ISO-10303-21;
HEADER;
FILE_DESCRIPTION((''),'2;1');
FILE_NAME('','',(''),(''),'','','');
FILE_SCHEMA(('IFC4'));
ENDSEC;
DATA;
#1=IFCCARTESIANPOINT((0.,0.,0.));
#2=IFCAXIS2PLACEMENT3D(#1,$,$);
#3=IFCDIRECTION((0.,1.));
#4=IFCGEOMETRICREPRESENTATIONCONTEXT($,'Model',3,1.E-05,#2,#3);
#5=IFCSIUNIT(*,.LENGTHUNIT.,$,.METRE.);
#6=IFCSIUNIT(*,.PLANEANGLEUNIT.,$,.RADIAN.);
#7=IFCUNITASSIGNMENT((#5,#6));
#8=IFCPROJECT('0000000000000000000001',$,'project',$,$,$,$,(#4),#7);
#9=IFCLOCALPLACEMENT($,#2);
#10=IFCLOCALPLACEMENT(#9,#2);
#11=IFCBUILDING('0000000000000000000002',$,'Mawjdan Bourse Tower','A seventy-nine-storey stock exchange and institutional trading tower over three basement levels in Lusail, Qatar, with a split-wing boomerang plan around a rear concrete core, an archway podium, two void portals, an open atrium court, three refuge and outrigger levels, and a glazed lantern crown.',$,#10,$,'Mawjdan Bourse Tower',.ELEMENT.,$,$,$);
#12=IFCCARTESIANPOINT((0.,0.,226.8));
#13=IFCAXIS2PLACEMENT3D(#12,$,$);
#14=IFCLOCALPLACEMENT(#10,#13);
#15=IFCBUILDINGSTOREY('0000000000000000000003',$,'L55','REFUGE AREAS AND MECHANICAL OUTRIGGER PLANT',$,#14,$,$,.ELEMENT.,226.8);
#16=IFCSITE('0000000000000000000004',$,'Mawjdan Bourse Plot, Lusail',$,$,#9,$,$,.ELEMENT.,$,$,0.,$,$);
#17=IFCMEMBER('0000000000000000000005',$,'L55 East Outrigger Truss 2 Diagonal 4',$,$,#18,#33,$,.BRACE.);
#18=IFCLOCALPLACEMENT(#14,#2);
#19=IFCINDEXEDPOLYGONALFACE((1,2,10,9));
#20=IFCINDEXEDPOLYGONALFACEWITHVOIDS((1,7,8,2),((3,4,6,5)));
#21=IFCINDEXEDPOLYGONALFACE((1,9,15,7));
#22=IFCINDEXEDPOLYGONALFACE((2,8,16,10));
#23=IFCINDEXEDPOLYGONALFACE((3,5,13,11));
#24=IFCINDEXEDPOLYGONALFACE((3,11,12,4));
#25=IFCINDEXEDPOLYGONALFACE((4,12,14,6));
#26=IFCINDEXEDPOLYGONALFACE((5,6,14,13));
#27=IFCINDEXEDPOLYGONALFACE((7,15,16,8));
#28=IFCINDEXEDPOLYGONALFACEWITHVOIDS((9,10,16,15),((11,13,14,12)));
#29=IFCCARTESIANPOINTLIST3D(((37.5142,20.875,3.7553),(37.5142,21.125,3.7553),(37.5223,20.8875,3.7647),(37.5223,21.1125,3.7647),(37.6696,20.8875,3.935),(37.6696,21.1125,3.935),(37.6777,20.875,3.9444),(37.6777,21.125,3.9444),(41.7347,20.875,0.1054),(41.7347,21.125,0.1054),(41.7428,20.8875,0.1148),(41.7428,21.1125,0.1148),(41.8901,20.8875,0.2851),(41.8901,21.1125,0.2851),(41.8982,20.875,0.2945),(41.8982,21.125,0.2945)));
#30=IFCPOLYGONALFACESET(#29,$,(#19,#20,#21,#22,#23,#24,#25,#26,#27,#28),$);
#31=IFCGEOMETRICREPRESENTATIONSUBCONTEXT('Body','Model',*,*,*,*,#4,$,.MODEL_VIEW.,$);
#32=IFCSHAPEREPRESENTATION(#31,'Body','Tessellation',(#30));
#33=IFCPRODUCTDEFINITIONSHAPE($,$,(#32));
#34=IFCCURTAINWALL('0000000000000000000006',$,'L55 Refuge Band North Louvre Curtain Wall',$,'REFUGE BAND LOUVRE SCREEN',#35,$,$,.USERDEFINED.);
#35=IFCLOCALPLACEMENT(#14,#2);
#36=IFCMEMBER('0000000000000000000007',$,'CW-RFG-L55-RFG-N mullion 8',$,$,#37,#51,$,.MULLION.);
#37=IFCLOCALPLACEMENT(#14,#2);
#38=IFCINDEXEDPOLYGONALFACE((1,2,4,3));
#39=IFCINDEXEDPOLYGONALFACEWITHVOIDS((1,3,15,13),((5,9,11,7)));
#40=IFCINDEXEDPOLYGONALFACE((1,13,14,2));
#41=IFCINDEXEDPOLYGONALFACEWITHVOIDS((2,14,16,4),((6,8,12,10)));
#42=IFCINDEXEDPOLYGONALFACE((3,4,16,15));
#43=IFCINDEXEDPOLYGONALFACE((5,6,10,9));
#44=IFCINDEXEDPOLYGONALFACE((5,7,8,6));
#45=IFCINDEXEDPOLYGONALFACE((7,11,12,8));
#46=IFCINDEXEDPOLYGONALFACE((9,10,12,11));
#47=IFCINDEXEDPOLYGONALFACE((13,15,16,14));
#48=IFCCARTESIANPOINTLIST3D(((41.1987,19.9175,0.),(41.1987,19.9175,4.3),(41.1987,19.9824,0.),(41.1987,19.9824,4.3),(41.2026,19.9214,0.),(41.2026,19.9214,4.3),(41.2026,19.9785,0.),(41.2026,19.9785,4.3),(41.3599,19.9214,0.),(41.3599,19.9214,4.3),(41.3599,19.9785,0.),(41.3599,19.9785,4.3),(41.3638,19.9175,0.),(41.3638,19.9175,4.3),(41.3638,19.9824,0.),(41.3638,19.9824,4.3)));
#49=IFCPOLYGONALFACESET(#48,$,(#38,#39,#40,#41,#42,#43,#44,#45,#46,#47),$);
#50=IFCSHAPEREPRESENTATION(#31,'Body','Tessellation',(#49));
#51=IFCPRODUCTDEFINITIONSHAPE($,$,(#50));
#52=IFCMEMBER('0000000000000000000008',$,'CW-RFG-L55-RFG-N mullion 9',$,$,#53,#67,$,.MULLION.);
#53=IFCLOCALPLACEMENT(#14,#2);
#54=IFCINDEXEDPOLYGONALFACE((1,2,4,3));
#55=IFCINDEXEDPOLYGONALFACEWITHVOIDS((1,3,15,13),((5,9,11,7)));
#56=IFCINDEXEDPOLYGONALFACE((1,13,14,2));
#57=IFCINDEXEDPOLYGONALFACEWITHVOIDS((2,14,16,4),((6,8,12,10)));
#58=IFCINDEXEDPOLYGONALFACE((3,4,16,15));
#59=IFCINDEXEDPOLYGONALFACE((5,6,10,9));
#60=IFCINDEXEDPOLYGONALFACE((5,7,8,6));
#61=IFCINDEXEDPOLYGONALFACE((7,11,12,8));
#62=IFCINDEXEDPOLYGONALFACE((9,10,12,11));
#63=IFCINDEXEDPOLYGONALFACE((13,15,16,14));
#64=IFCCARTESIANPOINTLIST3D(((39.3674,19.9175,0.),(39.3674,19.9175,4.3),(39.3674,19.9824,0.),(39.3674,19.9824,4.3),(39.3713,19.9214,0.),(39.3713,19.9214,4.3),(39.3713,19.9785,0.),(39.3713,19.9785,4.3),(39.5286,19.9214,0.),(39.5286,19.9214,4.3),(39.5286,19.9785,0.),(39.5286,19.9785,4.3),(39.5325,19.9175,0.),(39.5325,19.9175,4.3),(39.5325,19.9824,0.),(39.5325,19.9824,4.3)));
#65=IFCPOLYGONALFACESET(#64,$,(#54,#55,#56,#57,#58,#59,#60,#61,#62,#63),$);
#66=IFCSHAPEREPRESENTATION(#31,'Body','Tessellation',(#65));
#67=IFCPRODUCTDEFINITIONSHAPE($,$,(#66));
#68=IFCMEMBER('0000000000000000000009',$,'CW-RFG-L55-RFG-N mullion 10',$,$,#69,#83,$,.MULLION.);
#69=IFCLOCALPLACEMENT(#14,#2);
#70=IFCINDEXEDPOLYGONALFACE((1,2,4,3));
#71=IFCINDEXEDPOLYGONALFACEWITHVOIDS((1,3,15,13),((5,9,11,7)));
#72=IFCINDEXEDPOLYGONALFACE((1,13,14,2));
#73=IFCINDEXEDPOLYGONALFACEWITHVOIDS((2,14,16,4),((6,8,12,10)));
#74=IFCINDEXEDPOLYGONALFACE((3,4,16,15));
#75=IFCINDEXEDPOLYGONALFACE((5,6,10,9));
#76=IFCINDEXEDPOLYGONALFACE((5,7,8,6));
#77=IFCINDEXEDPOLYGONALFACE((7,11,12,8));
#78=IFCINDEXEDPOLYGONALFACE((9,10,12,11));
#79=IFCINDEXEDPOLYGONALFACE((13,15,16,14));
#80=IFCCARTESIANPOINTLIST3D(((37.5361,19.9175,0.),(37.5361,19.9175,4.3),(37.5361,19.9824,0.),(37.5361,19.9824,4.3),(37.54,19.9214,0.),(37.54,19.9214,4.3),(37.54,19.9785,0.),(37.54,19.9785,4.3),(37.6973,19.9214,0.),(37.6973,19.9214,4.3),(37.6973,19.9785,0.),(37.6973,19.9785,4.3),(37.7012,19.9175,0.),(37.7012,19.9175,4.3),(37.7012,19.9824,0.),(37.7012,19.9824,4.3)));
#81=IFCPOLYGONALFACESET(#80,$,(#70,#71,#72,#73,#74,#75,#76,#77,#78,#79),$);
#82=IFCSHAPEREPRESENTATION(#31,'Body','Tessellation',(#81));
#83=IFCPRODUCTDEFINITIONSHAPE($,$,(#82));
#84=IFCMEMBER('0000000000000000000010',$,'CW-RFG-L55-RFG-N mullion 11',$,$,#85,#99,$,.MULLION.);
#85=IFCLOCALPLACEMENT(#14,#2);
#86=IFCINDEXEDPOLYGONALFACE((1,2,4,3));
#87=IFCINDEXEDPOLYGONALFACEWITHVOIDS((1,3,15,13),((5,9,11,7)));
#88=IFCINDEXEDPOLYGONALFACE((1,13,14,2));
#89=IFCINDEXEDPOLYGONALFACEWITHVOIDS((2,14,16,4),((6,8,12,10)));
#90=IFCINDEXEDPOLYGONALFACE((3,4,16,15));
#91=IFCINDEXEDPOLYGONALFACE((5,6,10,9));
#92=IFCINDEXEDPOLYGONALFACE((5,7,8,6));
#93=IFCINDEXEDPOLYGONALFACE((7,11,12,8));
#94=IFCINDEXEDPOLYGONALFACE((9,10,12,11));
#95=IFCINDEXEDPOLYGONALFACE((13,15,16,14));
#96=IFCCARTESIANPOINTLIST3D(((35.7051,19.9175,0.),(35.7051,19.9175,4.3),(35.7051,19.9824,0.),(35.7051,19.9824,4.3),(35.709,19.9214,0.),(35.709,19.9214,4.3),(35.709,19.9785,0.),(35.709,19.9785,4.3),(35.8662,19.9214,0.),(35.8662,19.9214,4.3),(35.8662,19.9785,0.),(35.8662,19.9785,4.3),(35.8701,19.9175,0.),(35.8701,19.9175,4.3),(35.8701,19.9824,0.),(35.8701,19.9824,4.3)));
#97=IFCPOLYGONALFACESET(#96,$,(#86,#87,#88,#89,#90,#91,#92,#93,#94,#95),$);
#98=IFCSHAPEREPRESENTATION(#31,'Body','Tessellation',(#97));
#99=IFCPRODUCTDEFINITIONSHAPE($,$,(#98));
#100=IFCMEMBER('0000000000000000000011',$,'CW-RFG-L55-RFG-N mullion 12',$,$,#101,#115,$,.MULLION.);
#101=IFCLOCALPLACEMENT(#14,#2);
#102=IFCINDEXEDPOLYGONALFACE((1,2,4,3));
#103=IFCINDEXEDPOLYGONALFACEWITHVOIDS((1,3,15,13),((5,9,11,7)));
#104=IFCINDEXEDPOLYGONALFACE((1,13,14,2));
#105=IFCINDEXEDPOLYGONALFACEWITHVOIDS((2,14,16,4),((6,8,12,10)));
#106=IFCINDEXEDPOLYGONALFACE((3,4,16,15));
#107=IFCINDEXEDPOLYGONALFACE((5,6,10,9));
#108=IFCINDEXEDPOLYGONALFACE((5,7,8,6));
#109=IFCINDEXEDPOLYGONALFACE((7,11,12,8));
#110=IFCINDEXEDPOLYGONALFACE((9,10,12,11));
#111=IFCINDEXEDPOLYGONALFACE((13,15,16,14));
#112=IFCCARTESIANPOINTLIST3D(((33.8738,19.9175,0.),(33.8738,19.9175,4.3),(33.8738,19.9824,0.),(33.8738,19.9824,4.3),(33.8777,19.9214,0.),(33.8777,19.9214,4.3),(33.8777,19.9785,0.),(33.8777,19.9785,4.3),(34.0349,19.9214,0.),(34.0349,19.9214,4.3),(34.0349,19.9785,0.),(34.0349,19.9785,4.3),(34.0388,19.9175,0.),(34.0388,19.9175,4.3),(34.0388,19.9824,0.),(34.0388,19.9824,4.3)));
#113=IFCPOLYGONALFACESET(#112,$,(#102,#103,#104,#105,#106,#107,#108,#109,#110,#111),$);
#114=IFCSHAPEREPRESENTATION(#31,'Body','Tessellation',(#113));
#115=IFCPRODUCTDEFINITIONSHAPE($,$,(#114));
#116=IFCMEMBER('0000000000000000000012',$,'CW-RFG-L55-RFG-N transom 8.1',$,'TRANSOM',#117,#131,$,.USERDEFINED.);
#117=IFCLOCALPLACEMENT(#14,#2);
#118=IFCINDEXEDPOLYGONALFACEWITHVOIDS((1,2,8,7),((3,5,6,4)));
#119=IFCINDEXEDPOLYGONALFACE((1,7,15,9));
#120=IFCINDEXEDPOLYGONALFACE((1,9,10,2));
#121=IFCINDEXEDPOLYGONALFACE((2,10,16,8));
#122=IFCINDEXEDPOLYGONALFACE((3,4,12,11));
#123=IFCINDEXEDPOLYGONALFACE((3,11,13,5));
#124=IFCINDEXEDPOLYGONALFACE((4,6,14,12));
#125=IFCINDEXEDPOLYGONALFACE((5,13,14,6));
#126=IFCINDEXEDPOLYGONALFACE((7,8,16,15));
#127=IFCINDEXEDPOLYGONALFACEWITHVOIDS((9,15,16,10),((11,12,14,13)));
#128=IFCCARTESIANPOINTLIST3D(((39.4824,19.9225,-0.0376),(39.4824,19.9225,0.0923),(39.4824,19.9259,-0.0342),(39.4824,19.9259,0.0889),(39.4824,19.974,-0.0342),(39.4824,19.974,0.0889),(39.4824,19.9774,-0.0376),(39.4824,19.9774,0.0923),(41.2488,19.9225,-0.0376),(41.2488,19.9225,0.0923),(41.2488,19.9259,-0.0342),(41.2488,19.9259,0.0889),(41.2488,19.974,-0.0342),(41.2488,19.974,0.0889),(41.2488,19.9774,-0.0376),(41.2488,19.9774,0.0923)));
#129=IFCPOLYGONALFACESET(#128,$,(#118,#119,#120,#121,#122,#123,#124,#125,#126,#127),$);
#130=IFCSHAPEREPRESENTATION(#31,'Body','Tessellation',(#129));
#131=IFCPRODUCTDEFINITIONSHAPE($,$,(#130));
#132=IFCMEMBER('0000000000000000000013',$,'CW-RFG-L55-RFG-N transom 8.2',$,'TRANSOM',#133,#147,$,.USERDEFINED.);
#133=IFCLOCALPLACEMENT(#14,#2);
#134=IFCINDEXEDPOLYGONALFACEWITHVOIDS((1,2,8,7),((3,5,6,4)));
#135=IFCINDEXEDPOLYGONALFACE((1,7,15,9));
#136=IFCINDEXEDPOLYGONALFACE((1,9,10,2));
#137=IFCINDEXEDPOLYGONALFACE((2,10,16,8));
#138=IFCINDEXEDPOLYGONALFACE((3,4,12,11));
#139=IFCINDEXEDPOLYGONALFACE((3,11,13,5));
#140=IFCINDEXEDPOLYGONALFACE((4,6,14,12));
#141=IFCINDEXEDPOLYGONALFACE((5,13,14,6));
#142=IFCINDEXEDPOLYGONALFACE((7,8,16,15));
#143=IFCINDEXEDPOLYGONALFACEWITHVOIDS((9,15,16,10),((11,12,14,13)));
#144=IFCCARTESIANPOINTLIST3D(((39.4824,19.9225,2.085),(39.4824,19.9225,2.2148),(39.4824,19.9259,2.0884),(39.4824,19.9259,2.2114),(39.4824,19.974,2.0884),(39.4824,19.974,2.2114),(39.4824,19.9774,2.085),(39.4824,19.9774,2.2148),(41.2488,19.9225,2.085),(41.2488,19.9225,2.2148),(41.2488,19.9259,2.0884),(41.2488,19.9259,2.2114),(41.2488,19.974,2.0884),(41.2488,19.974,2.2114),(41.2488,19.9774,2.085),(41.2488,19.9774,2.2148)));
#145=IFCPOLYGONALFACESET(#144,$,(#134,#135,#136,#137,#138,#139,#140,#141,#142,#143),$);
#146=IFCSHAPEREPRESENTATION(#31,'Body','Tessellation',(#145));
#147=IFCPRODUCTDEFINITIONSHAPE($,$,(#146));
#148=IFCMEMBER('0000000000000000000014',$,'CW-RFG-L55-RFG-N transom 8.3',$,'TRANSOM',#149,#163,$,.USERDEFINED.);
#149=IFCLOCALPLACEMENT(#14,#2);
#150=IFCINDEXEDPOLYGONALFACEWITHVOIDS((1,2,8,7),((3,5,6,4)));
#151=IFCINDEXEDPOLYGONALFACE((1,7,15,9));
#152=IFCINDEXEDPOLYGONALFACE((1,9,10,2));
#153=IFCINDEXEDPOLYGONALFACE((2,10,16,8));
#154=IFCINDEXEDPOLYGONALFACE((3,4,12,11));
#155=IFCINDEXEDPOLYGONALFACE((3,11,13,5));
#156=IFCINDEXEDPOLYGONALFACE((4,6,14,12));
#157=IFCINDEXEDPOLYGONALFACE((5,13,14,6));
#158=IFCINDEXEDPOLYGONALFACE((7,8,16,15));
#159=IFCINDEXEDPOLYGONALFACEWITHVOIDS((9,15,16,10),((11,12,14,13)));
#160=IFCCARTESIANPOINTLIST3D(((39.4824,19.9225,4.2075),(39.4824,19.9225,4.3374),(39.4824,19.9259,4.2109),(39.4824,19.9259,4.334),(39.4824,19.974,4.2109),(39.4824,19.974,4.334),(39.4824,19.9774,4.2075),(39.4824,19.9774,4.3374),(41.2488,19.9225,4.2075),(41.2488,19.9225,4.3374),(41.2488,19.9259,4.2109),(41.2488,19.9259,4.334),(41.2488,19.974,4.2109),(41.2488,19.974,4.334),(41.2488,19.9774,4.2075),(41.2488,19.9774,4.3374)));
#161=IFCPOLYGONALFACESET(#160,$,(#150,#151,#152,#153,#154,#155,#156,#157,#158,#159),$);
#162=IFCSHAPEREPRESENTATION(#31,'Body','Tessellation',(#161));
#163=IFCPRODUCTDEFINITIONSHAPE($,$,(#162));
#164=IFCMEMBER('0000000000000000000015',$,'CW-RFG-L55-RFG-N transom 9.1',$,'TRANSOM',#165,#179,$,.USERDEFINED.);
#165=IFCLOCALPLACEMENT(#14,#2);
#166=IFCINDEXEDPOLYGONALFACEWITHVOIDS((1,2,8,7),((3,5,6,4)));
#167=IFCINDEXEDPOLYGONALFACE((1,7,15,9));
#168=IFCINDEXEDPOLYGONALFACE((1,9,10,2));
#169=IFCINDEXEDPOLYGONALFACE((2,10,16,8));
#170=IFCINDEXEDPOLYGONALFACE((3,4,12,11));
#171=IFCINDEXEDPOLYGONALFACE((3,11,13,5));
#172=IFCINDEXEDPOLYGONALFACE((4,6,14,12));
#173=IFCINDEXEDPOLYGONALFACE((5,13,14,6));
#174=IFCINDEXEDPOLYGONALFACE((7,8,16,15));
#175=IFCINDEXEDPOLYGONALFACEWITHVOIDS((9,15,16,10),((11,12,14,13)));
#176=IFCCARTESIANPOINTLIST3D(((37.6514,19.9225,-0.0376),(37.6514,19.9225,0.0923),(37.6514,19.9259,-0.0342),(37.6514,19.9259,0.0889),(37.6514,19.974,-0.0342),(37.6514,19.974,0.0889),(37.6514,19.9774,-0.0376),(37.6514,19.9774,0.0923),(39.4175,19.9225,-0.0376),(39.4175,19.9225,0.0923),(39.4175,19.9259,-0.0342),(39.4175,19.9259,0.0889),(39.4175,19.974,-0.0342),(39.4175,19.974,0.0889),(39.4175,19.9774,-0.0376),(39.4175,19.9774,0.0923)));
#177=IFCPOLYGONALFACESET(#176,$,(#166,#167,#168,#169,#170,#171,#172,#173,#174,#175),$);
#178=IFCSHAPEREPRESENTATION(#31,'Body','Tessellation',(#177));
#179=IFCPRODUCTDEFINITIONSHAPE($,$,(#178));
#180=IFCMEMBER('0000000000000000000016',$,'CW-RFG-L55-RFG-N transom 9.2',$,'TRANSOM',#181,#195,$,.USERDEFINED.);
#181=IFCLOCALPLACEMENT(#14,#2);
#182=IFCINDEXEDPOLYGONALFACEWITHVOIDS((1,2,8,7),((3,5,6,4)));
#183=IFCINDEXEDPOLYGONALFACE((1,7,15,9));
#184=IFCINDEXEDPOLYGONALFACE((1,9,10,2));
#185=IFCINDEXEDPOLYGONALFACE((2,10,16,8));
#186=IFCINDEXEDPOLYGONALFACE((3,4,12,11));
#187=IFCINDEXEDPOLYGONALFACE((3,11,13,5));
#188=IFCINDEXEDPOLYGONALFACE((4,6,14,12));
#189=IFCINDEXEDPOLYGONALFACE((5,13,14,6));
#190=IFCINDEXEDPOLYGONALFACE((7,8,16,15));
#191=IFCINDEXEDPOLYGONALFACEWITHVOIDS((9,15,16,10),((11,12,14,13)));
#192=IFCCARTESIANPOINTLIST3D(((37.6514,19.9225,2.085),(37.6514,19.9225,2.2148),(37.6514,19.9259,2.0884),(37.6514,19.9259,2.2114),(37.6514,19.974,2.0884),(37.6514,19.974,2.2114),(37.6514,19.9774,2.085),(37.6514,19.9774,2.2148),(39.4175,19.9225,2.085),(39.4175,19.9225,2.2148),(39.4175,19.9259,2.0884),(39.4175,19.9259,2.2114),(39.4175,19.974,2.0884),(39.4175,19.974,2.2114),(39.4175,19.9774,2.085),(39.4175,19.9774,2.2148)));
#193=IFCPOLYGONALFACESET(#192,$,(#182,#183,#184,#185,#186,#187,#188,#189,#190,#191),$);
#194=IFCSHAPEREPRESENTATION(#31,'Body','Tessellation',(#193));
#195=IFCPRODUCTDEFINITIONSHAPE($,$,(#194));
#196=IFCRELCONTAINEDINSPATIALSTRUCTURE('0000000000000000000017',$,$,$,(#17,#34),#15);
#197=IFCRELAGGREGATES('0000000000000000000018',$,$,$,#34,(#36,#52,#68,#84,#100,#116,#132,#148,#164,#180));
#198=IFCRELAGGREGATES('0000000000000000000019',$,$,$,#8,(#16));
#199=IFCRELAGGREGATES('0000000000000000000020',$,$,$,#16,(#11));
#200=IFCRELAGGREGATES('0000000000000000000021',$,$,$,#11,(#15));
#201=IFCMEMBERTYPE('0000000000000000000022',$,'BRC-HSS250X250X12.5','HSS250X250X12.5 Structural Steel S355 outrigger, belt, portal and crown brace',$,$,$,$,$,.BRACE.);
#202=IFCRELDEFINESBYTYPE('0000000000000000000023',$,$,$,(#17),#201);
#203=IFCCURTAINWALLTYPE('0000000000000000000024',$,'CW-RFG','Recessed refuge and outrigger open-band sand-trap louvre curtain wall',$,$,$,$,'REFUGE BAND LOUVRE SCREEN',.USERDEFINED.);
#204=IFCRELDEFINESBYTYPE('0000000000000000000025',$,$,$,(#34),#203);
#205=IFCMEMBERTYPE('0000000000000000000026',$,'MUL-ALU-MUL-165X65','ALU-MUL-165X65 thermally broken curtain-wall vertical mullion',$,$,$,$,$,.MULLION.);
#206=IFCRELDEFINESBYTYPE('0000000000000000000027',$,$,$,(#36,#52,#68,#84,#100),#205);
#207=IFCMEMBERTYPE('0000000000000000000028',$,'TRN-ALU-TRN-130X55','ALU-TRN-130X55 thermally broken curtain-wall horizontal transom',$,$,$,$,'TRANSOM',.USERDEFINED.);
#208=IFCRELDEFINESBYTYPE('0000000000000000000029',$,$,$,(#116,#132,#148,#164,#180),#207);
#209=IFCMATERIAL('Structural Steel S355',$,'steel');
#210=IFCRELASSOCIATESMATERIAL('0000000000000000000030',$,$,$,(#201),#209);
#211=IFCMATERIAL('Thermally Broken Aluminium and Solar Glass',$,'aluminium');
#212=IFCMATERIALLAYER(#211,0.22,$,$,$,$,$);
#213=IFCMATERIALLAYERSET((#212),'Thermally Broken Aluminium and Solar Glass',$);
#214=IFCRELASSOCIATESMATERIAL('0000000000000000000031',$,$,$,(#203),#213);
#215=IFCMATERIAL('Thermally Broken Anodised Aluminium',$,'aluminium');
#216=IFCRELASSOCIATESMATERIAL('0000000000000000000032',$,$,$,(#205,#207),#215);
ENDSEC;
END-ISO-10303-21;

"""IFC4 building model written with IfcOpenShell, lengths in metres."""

from ifc_helpers import new_model, si_unit, direction, frame, origin, origin_2d, place, context, subcontext, project, spatial, hollow_rectangle, extrude, material, layer, layer_set, material_profile, profile_set, type_object, element, aggregate, save


model = new_model("IFC4")

# Units and contexts
model_context = context("Model", 3, precision=1e-05, world=origin(), true_north=direction((0.0, 1.0)))
body_context = subcontext(model_context, "Body", "Model", "MODEL_VIEW")
ifc_project = project(units=[si_unit("LENGTHUNIT", "METRE"), si_unit("PLANEANGLEUNIT", "RADIAN")], contexts=[model_context])

# Site, building, storey
site_placement = place(None, origin())
site = spatial("IfcSite", under=ifc_project, at=site_placement, Name="Mawjdan Bourse Plot, Lusail", CompositionType="ELEMENT", RefElevation=0.0)
building_placement = place(site_placement, origin())
building = spatial("IfcBuilding", under=site, at=building_placement, Name="Mawjdan Bourse Tower", Description="A seventy-nine-storey stock exchange and institutional trading tower over three basement levels in Lusail, Qatar, with a split-wing boomerang plan around a rear concrete core, an archway podium, two void portals, an open atrium court, three refuge and outrigger levels, and a glazed lantern crown.", LongName="Mawjdan Bourse Tower", CompositionType="ELEMENT")
storey_placement = place(building_placement, frame((0.0, 0.0, 226.8)))
storey = spatial("IfcBuildingStorey", under=building, at=storey_placement, Name="L55", Description="REFUGE AREAS AND MECHANICAL OUTRIGGER PLANT", CompositionType="ELEMENT", Elevation=226.8)

# Member
ifc_material_1 = material(Name="Structural Steel S355", Category="steel")
ifc_material_profile_1 = material_profile(ifc_material_1, hollow_rectangle(XDim=0.25, YDim=0.25, WallThickness=0.0125, at=origin_2d()), Name="HSS250X250X12.5")
ifc_profile_set_1 = profile_set([ifc_material_profile_1], Name="Structural Steel S355")
member_type_1 = type_object("IfcMemberType", Name="BRC-HSS250X250X12.5", Description="HSS250X250X12.5 Structural Steel S355 outrigger, belt, portal and crown brace", PredefinedType="BRACE", material=ifc_profile_set_1)
member_1_placement = place(storey_placement, frame((37.5959, 21.0, 3.8499), z_axis=(0.756383, 0.0, -0.654129), x_axis=(0.0, 1.0, 0.0)))
element("IfcMember", 1, at=member_1_placement, inside=storey, type_object=member_type_1, Name="L55 East Outrigger Truss 2 Diagonal 4", PredefinedType="BRACE", context=body_context, shape_type="SweptSolid", body=[
    extrude(hollow_rectangle(XDim=0.25, YDim=0.25, WallThickness=0.0125, at=origin_2d()), origin(), (0.0, 0.0, 1.0), 5.5798),
])

# Curtain wall, members
ifc_material_2 = material(Name="Thermally Broken Aluminium and Solar Glass", Category="aluminium")
ifc_layer_1 = layer(ifc_material_2, 0.22)
ifc_layer_set_1 = layer_set([ifc_layer_1], Name="Thermally Broken Aluminium and Solar Glass")
curtain_wall_type = type_object("IfcCurtainWallType", Name="CW-RFG", Description="Recessed refuge and outrigger open-band sand-trap louvre curtain wall", ElementType="REFUGE BAND LOUVRE SCREEN", PredefinedType="USERDEFINED", material=ifc_layer_set_1)
curtain_wall_placement = place(storey_placement, origin())
curtain_wall = element("IfcCurtainWall", 2, at=curtain_wall_placement, inside=storey, type_object=curtain_wall_type, Name="L55 Refuge Band North Louvre Curtain Wall", ObjectType="REFUGE BAND LOUVRE SCREEN", PredefinedType="USERDEFINED")
ifc_material_3 = material(Name="Thermally Broken Anodised Aluminium", Category="aluminium")
ifc_material_profile_2 = material_profile(ifc_material_3, hollow_rectangle(XDim=0.0649, YDim=0.165, WallThickness=0.0039, at=origin_2d()), Name="ALU-MUL-165X65")
ifc_profile_set_2 = profile_set([ifc_material_profile_2], Name="Thermally Broken Anodised Aluminium")
member_type_2 = type_object("IfcMemberType", Name="MUL-ALU-MUL-165X65", Description="ALU-MUL-165X65 thermally broken curtain-wall vertical mullion", PredefinedType="MULLION", material=ifc_profile_set_2)
member_2_placement = place(storey_placement, frame((41.2812, 19.95, 0.0), z_axis=(0.0, 0.0, 1.0), x_axis=(0.0, -1.0, 0.0)))
member_2 = element("IfcMember", 3, at=member_2_placement, type_object=member_type_2, Name="CW-RFG-L55-RFG-N mullion 8", PredefinedType="MULLION", context=body_context, shape_type="SweptSolid", body=[
    extrude(hollow_rectangle(XDim=0.0649, YDim=0.165, WallThickness=0.0039, at=origin_2d()), origin(), (0.0, 0.0, 1.0), 4.3),
])
member_3_placement = place(storey_placement, frame((39.45, 19.95, 0.0), z_axis=(0.0, 0.0, 1.0), x_axis=(0.0, -1.0, 0.0)))
member_3 = element("IfcMember", 4, at=member_3_placement, type_object=member_type_2, Name="CW-RFG-L55-RFG-N mullion 9", PredefinedType="MULLION", context=body_context, shape_type="SweptSolid", body=[
    extrude(hollow_rectangle(XDim=0.0649, YDim=0.165, WallThickness=0.0039, at=origin_2d()), origin(), (0.0, 0.0, 1.0), 4.3),
])
member_4_placement = place(storey_placement, frame((37.6187, 19.95, 0.0), z_axis=(0.0, 0.0, 1.0), x_axis=(0.0, -1.0, 0.0)))
member_4 = element("IfcMember", 5, at=member_4_placement, type_object=member_type_2, Name="CW-RFG-L55-RFG-N mullion 10", PredefinedType="MULLION", context=body_context, shape_type="SweptSolid", body=[
    extrude(hollow_rectangle(XDim=0.0649, YDim=0.165, WallThickness=0.0039, at=origin_2d()), origin(), (0.0, 0.0, 1.0), 4.3),
])
member_5_placement = place(storey_placement, frame((35.7876, 19.95, 0.0), z_axis=(0.0, 0.0, 1.0), x_axis=(0.0, -1.0, 0.0)))
member_5 = element("IfcMember", 6, at=member_5_placement, type_object=member_type_2, Name="CW-RFG-L55-RFG-N mullion 11", PredefinedType="MULLION", context=body_context, shape_type="SweptSolid", body=[
    extrude(hollow_rectangle(XDim=0.0649, YDim=0.165, WallThickness=0.0039, at=origin_2d()), origin(), (0.0, 0.0, 1.0), 4.3),
])
member_6_placement = place(storey_placement, frame((33.9563, 19.95, 0.0), z_axis=(0.0, 0.0, 1.0), x_axis=(0.0, -1.0, 0.0)))
member_6 = element("IfcMember", 7, at=member_6_placement, type_object=member_type_2, Name="CW-RFG-L55-RFG-N mullion 12", PredefinedType="MULLION", context=body_context, shape_type="SweptSolid", body=[
    extrude(hollow_rectangle(XDim=0.0649, YDim=0.165, WallThickness=0.0039, at=origin_2d()), origin(), (0.0, 0.0, 1.0), 4.3),
])
ifc_material_profile_3 = material_profile(ifc_material_3, hollow_rectangle(XDim=0.0549, YDim=0.1299, WallThickness=0.0034, at=origin_2d()), Name="ALU-TRN-130X55")
ifc_profile_set_3 = profile_set([ifc_material_profile_3], Name="Thermally Broken Anodised Aluminium")
member_type_3 = type_object("IfcMemberType", Name="TRN-ALU-TRN-130X55", Description="ALU-TRN-130X55 thermally broken curtain-wall horizontal transom", ElementType="TRANSOM", PredefinedType="USERDEFINED", material=ifc_profile_set_3)
member_7_placement = place(storey_placement, frame((41.2488, 19.95, 0.0273), z_axis=(-1.0, 0.0, 0.0), x_axis=(0.0, -1.0, 0.0)))
member_7 = element("IfcMember", 8, at=member_7_placement, type_object=member_type_3, Name="CW-RFG-L55-RFG-N transom 8.1", ObjectType="TRANSOM", PredefinedType="USERDEFINED", context=body_context, shape_type="SweptSolid", body=[
    extrude(hollow_rectangle(XDim=0.0549, YDim=0.1299, WallThickness=0.0034, at=origin_2d()), origin(), (0.0, 0.0, 1.0), 1.7664),
])
member_8_placement = place(storey_placement, frame((41.2488, 19.95, 2.1499), z_axis=(-1.0, 0.0, 0.0), x_axis=(0.0, -1.0, 0.0)))
member_8 = element("IfcMember", 9, at=member_8_placement, type_object=member_type_3, Name="CW-RFG-L55-RFG-N transom 8.2", ObjectType="TRANSOM", PredefinedType="USERDEFINED", context=body_context, shape_type="SweptSolid", body=[
    extrude(hollow_rectangle(XDim=0.0549, YDim=0.1299, WallThickness=0.0034, at=origin_2d()), origin(), (0.0, 0.0, 1.0), 1.7664),
])
member_9_placement = place(storey_placement, frame((41.2488, 19.95, 4.2725), z_axis=(-1.0, 0.0, 0.0), x_axis=(0.0, -1.0, 0.0)))
member_9 = element("IfcMember", 10, at=member_9_placement, type_object=member_type_3, Name="CW-RFG-L55-RFG-N transom 8.3", ObjectType="TRANSOM", PredefinedType="USERDEFINED", context=body_context, shape_type="SweptSolid", body=[
    extrude(hollow_rectangle(XDim=0.0549, YDim=0.1299, WallThickness=0.0034, at=origin_2d()), origin(), (0.0, 0.0, 1.0), 1.7664),
])
member_10_placement = place(storey_placement, frame((39.4175, 19.95, 0.0273), z_axis=(-1.0, 0.0, 0.0), x_axis=(0.0, -1.0, 0.0)))
member_10 = element("IfcMember", 11, at=member_10_placement, type_object=member_type_3, Name="CW-RFG-L55-RFG-N transom 9.1", ObjectType="TRANSOM", PredefinedType="USERDEFINED", context=body_context, shape_type="SweptSolid", body=[
    extrude(hollow_rectangle(XDim=0.0549, YDim=0.1299, WallThickness=0.0034, at=origin_2d()), origin(), (0.0, 0.0, 1.0), 1.7661),
])
member_11_placement = place(storey_placement, frame((39.4175, 19.95, 2.1499), z_axis=(-1.0, 0.0, 0.0), x_axis=(0.0, -1.0, 0.0)))
member_11 = element("IfcMember", 12, at=member_11_placement, type_object=member_type_3, Name="CW-RFG-L55-RFG-N transom 9.2", ObjectType="TRANSOM", PredefinedType="USERDEFINED", context=body_context, shape_type="SweptSolid", body=[
    extrude(hollow_rectangle(XDim=0.0549, YDim=0.1299, WallThickness=0.0034, at=origin_2d()), origin(), (0.0, 0.0, 1.0), 1.7661),
])

aggregate(curtain_wall, [member_2, member_3, member_4, member_5, member_6, member_7, member_8, member_9, member_10, member_11])

save(model, "model.ifc")
